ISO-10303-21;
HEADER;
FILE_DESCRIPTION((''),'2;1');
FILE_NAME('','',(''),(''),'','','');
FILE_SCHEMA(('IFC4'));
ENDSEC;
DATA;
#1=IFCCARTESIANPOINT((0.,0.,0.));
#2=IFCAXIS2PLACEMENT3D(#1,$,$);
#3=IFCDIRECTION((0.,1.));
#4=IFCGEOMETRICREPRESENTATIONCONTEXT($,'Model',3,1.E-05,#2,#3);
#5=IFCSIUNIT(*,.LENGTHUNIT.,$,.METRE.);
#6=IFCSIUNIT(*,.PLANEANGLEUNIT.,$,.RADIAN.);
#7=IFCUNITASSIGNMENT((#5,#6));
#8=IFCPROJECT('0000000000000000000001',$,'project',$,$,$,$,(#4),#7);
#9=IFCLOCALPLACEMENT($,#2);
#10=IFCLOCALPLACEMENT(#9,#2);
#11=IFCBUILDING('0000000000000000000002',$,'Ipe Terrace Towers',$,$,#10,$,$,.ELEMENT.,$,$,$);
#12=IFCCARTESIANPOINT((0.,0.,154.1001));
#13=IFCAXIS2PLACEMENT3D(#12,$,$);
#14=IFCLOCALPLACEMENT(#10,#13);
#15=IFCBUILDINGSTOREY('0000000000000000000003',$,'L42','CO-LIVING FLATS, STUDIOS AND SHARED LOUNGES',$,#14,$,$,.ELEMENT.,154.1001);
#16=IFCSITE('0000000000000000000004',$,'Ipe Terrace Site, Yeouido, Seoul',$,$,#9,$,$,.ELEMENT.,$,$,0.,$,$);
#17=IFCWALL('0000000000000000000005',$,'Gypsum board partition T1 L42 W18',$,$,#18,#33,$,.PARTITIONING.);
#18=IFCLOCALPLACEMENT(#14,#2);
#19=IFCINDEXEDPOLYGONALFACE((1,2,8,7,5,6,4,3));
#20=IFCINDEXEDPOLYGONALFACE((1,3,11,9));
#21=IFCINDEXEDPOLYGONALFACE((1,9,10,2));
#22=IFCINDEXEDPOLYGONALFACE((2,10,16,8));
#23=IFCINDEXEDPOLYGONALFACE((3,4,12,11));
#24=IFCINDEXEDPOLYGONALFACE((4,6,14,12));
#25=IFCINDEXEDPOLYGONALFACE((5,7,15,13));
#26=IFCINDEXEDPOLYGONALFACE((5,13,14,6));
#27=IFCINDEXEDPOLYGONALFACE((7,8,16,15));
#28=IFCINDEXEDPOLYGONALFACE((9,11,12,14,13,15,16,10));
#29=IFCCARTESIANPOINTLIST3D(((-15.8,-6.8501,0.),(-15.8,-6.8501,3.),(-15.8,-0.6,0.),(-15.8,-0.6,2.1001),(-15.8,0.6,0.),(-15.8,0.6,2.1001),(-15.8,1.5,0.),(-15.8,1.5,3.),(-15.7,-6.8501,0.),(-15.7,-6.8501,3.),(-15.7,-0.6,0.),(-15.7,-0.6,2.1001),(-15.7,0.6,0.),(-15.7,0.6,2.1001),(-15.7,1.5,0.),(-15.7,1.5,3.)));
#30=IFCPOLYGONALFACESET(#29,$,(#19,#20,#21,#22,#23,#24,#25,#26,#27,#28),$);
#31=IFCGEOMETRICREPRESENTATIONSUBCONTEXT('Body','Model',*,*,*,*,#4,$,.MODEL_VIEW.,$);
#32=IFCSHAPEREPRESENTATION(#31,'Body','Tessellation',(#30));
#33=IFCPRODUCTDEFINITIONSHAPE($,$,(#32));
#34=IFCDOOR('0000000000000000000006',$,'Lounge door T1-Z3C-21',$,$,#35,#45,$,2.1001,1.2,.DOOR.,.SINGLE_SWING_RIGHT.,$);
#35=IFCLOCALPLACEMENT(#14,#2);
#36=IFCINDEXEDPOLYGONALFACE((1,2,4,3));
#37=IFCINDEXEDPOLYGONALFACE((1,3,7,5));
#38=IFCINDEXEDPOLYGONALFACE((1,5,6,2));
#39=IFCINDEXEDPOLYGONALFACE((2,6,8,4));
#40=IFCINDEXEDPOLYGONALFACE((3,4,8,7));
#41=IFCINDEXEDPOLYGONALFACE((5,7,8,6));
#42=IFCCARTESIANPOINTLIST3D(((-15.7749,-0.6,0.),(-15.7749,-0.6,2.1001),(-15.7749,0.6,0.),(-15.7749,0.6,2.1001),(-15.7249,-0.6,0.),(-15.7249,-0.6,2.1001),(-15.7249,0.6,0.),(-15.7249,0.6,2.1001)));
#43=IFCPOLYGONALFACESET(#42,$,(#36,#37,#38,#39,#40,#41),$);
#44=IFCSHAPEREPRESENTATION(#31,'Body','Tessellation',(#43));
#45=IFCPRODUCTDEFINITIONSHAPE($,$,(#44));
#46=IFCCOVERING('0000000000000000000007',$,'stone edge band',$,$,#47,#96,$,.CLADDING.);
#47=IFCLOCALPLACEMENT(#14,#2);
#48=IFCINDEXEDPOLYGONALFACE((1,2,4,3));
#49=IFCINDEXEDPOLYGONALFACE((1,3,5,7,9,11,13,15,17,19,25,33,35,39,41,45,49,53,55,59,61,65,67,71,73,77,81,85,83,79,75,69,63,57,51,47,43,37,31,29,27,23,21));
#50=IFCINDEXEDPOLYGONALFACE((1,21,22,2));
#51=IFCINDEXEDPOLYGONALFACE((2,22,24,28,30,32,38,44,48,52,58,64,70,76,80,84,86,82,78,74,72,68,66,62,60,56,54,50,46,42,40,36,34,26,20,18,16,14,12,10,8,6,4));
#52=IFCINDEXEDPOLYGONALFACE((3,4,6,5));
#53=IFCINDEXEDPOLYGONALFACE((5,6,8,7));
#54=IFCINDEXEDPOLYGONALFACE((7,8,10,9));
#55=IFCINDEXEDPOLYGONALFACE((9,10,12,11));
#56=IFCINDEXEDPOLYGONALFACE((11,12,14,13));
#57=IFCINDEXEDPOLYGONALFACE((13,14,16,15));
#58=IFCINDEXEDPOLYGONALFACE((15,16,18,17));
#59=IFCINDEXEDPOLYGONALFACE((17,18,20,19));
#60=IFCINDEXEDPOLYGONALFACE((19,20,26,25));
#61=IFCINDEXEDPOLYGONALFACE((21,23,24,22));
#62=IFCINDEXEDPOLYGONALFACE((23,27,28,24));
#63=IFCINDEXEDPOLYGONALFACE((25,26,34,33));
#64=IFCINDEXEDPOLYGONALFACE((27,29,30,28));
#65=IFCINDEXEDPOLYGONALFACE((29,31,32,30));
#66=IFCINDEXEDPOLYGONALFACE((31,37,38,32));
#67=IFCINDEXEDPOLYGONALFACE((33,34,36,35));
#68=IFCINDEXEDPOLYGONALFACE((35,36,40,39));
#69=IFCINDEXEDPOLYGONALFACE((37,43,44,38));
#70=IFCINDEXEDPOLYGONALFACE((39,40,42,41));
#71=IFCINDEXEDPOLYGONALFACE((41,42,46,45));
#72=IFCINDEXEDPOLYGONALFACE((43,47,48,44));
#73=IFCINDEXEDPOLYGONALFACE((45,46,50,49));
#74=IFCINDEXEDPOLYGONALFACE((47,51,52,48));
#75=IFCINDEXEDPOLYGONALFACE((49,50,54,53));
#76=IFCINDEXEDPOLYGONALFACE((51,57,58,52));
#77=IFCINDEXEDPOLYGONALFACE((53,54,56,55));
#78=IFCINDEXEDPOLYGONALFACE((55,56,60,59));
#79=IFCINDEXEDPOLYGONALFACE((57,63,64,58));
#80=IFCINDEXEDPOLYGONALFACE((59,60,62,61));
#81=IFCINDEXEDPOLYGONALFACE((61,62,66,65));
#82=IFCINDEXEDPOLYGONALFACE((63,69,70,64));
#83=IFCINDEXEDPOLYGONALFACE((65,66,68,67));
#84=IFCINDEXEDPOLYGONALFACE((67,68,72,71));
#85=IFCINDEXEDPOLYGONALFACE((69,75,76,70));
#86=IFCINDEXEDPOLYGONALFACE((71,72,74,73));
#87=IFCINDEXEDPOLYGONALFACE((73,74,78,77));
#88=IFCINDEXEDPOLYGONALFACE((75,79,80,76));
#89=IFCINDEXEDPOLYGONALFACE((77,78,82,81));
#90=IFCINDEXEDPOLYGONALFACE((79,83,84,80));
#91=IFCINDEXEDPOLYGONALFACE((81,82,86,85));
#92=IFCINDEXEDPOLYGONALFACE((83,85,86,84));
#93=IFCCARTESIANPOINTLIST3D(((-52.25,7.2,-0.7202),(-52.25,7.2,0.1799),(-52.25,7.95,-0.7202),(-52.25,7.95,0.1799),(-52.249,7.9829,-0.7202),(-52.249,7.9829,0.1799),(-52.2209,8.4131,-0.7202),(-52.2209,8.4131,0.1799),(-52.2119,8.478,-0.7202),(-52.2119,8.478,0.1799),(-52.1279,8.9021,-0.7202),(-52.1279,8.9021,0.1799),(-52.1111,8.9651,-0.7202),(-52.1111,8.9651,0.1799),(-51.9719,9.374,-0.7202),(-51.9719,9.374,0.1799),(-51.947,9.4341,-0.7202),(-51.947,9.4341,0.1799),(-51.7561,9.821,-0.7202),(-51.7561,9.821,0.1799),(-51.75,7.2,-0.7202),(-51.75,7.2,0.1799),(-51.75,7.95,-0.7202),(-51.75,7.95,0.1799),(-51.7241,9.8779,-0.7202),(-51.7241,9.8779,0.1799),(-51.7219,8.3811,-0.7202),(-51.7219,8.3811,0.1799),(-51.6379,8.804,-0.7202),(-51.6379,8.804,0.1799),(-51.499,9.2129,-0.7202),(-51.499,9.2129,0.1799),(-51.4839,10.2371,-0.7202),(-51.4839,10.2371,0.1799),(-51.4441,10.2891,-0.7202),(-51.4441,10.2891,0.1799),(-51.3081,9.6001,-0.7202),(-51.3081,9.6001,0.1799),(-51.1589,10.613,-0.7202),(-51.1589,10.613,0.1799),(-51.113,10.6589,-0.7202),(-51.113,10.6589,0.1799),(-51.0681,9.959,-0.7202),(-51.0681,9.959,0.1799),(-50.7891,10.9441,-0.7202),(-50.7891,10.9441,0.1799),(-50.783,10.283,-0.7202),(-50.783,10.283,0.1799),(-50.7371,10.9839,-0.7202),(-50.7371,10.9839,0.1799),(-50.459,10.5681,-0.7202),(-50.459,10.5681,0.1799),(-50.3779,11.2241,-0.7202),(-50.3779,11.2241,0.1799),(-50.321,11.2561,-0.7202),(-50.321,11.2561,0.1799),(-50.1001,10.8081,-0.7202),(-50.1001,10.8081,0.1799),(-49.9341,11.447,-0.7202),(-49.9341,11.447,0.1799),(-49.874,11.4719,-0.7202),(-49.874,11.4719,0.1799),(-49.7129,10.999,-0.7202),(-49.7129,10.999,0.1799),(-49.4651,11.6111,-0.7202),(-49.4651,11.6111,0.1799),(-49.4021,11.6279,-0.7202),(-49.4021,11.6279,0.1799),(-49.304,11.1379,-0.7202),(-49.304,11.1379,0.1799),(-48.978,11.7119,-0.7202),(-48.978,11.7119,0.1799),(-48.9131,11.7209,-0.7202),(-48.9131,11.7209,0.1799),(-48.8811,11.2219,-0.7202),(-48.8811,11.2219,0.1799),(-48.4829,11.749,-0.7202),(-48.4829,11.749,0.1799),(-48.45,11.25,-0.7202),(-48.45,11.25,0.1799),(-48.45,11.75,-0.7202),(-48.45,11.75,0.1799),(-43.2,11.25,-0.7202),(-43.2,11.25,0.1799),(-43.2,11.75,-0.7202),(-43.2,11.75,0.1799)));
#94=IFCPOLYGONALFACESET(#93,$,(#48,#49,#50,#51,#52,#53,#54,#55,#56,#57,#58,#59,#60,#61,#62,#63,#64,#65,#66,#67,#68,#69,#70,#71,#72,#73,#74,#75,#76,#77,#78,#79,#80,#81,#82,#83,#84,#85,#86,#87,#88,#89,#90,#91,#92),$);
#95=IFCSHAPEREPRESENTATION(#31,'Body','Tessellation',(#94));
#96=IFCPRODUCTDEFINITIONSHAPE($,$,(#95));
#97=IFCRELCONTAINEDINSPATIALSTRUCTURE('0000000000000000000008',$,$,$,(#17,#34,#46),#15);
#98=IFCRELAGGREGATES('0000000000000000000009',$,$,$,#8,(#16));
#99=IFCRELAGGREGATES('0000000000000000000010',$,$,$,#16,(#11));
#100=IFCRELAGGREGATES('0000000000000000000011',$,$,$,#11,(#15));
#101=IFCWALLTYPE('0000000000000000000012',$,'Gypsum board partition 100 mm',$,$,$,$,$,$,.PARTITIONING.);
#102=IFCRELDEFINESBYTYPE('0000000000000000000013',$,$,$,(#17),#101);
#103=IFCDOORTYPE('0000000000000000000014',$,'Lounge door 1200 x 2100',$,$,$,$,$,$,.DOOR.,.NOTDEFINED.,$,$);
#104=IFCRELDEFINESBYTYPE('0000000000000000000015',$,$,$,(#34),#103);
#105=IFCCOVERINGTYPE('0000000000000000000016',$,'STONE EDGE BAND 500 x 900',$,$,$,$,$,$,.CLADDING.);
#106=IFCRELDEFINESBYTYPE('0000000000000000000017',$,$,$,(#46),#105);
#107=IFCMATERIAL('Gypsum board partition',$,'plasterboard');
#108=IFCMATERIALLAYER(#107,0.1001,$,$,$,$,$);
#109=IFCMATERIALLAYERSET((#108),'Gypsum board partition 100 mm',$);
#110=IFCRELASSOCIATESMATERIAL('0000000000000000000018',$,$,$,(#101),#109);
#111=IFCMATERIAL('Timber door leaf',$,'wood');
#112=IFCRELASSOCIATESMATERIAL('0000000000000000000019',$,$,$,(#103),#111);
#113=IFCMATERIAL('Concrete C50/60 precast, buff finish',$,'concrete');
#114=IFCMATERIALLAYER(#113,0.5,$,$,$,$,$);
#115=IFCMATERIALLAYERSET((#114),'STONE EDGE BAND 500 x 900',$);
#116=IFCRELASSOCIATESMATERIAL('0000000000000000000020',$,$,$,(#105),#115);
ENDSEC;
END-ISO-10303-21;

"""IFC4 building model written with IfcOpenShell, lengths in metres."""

from ifc_helpers import new_model, si_unit, direction, frame, frame_2d, origin, place, context, subcontext, project, spatial, polyline, rectangle, outline, extrude, material, layer, layer_set, type_object, element, fill, save


model = new_model("IFC4")

# Units and contexts
model_context = context("Model", 3, precision=1e-05, world=origin(), true_north=direction((0.0, 1.0)))
body_context = subcontext(model_context, "Body", "Model", "MODEL_VIEW")
ifc_project = project(units=[si_unit("LENGTHUNIT", "METRE"), si_unit("PLANEANGLEUNIT", "RADIAN")], contexts=[model_context])

# Site, building, storey
site_placement = place(None, origin())
site = spatial("IfcSite", under=ifc_project, at=site_placement, Name="Ipe Terrace Site, Yeouido, Seoul", CompositionType="ELEMENT", RefElevation=0.0)
building_placement = place(site_placement, origin())
building = spatial("IfcBuilding", under=site, at=building_placement, Name="Ipe Terrace Towers", CompositionType="ELEMENT")
storey_placement = place(building_placement, frame((0.0, 0.0, 154.1001)))
storey = spatial("IfcBuildingStorey", under=building, at=storey_placement, Name="L42", Description="CO-LIVING FLATS, STUDIOS AND SHARED LOUNGES", CompositionType="ELEMENT", Elevation=154.1001)

# Wall, opening, door
ifc_material_1 = material(Name="Gypsum board partition", Category="plasterboard")
ifc_layer_1 = layer(ifc_material_1, 0.1001)
ifc_layer_set_1 = layer_set([ifc_layer_1], Name="Gypsum board partition 100 mm")
wall_type_1 = type_object("IfcWallType", Name="Gypsum board partition 100 mm", PredefinedType="PARTITIONING", material=ifc_layer_set_1)
wall_1_placement = place(storey_placement, frame((-15.75, -6.8501, 0.0), z_axis=(0.0, 0.0, 1.0), x_axis=(0.0, 1.0, 0.0)))
wall_1 = element("IfcWall", 1, at=wall_1_placement, inside=storey, type_object=wall_type_1, Name="Gypsum board partition T1 L42 W18", PredefinedType="PARTITIONING", context=body_context, shape_type="SweptSolid", body=[
    extrude(rectangle(XDim=8.3501, YDim=0.1001, at=frame_2d((4.175, 0.0))), origin(), (0.0, 0.0, 1.0), 3.0),
])
opening_placement = place(wall_1_placement, frame((6.25, 0.0, 0.0)))
opening = element("IfcOpeningElement", 2, at=opening_placement, cuts=wall_1, PredefinedType="OPENING", context=body_context, shape_type="SweptSolid", body=[
    extrude(rectangle(XDim=1.2, YDim=2.1001, at=frame_2d((0.6001, 1.05))), frame((0.0, 0.0601, 0.0), z_axis=(0.0, -1.0, 0.0), x_axis=(1.0, 0.0, 0.0)), (0.0, 0.0, 1.0), 0.1201),
])
ifc_material_2 = material(Name="Timber door leaf", Category="wood")
door_type = type_object("IfcDoorType", Name="Lounge door 1200 x 2100", OperationType="NOTDEFINED", PredefinedType="DOOR", material=ifc_material_2)
door_placement = place(opening_placement, origin())
door = element("IfcDoor", 3, at=door_placement, inside=storey, type_object=door_type, Name="Lounge door T1-Z3C-21", OperationType="SINGLE_SWING_RIGHT", OverallHeight=2.1001, OverallWidth=1.2, PredefinedType="DOOR", context=body_context, shape_type="SweptSolid", body=[
    extrude(rectangle(XDim=1.2, YDim=2.1001, at=frame_2d((0.6001, 1.05))), frame((0.0, 0.0249, 0.0), z_axis=(0.0, -1.0, 0.0), x_axis=(1.0, 0.0, 0.0)), (0.0, 0.0, 1.0), 0.05),
])
fill(opening, door)

# Covering
ifc_material_3 = material(Name="Concrete C50/60 precast, buff finish", Category="concrete")
ifc_layer_2 = layer(ifc_material_3, 0.5)
ifc_layer_set_2 = layer_set([ifc_layer_2], Name="STONE EDGE BAND 500 x 900")
covering_type = type_object("IfcCoveringType", Name="STONE EDGE BAND 500 x 900", PredefinedType="CLADDING", material=ifc_layer_set_2)
covering_placement = place(storey_placement, frame((0.0, 0.0, -0.7202)))
element("IfcCovering", 4, at=covering_placement, inside=storey, type_object=covering_type, Name="stone edge band", PredefinedType="CLADDING", context=body_context, shape_type="SweptSolid", body=[
    extrude(outline(polyline([(-48.45, 11.75), (-48.4829, 11.749), (-48.9131, 11.7209), (-48.978, 11.7119), (-49.4021, 11.6279), (-49.4651, 11.6111), (-49.874, 11.4719), (-49.9341, 11.447), (-50.321, 11.2561), (-50.3779, 11.2241), (-50.7371, 10.9839), (-50.7891, 10.9441), (-51.113, 10.6589), (-51.1589, 10.613), (-51.4441, 10.2891), (-51.4839, 10.2371), (-51.7241, 9.8779), (-51.7561, 9.821), (-51.947, 9.4341), (-51.9719, 9.374), (-52.1111, 8.9651), (-52.1279, 8.9021), (-52.2119, 8.478), (-52.2209, 8.4131), (-52.249, 7.9829), (-52.25, 7.95), (-52.25, 7.2), (-51.75, 7.2), (-51.75, 7.95), (-51.7219, 8.3811), (-51.6379, 8.804), (-51.499, 9.2129), (-51.3081, 9.6001), (-51.0681, 9.959), (-50.783, 10.283), (-50.459, 10.5681), (-50.1001, 10.8081), (-49.7129, 10.999), (-49.304, 11.1379), (-48.8811, 11.2219), (-48.45, 11.25), (-43.2, 11.25), (-43.2, 11.75), (-48.45, 11.75)])), origin(), (0.0, 0.0, 1.0), 0.9001),
])

save(model, "model.ifc")
